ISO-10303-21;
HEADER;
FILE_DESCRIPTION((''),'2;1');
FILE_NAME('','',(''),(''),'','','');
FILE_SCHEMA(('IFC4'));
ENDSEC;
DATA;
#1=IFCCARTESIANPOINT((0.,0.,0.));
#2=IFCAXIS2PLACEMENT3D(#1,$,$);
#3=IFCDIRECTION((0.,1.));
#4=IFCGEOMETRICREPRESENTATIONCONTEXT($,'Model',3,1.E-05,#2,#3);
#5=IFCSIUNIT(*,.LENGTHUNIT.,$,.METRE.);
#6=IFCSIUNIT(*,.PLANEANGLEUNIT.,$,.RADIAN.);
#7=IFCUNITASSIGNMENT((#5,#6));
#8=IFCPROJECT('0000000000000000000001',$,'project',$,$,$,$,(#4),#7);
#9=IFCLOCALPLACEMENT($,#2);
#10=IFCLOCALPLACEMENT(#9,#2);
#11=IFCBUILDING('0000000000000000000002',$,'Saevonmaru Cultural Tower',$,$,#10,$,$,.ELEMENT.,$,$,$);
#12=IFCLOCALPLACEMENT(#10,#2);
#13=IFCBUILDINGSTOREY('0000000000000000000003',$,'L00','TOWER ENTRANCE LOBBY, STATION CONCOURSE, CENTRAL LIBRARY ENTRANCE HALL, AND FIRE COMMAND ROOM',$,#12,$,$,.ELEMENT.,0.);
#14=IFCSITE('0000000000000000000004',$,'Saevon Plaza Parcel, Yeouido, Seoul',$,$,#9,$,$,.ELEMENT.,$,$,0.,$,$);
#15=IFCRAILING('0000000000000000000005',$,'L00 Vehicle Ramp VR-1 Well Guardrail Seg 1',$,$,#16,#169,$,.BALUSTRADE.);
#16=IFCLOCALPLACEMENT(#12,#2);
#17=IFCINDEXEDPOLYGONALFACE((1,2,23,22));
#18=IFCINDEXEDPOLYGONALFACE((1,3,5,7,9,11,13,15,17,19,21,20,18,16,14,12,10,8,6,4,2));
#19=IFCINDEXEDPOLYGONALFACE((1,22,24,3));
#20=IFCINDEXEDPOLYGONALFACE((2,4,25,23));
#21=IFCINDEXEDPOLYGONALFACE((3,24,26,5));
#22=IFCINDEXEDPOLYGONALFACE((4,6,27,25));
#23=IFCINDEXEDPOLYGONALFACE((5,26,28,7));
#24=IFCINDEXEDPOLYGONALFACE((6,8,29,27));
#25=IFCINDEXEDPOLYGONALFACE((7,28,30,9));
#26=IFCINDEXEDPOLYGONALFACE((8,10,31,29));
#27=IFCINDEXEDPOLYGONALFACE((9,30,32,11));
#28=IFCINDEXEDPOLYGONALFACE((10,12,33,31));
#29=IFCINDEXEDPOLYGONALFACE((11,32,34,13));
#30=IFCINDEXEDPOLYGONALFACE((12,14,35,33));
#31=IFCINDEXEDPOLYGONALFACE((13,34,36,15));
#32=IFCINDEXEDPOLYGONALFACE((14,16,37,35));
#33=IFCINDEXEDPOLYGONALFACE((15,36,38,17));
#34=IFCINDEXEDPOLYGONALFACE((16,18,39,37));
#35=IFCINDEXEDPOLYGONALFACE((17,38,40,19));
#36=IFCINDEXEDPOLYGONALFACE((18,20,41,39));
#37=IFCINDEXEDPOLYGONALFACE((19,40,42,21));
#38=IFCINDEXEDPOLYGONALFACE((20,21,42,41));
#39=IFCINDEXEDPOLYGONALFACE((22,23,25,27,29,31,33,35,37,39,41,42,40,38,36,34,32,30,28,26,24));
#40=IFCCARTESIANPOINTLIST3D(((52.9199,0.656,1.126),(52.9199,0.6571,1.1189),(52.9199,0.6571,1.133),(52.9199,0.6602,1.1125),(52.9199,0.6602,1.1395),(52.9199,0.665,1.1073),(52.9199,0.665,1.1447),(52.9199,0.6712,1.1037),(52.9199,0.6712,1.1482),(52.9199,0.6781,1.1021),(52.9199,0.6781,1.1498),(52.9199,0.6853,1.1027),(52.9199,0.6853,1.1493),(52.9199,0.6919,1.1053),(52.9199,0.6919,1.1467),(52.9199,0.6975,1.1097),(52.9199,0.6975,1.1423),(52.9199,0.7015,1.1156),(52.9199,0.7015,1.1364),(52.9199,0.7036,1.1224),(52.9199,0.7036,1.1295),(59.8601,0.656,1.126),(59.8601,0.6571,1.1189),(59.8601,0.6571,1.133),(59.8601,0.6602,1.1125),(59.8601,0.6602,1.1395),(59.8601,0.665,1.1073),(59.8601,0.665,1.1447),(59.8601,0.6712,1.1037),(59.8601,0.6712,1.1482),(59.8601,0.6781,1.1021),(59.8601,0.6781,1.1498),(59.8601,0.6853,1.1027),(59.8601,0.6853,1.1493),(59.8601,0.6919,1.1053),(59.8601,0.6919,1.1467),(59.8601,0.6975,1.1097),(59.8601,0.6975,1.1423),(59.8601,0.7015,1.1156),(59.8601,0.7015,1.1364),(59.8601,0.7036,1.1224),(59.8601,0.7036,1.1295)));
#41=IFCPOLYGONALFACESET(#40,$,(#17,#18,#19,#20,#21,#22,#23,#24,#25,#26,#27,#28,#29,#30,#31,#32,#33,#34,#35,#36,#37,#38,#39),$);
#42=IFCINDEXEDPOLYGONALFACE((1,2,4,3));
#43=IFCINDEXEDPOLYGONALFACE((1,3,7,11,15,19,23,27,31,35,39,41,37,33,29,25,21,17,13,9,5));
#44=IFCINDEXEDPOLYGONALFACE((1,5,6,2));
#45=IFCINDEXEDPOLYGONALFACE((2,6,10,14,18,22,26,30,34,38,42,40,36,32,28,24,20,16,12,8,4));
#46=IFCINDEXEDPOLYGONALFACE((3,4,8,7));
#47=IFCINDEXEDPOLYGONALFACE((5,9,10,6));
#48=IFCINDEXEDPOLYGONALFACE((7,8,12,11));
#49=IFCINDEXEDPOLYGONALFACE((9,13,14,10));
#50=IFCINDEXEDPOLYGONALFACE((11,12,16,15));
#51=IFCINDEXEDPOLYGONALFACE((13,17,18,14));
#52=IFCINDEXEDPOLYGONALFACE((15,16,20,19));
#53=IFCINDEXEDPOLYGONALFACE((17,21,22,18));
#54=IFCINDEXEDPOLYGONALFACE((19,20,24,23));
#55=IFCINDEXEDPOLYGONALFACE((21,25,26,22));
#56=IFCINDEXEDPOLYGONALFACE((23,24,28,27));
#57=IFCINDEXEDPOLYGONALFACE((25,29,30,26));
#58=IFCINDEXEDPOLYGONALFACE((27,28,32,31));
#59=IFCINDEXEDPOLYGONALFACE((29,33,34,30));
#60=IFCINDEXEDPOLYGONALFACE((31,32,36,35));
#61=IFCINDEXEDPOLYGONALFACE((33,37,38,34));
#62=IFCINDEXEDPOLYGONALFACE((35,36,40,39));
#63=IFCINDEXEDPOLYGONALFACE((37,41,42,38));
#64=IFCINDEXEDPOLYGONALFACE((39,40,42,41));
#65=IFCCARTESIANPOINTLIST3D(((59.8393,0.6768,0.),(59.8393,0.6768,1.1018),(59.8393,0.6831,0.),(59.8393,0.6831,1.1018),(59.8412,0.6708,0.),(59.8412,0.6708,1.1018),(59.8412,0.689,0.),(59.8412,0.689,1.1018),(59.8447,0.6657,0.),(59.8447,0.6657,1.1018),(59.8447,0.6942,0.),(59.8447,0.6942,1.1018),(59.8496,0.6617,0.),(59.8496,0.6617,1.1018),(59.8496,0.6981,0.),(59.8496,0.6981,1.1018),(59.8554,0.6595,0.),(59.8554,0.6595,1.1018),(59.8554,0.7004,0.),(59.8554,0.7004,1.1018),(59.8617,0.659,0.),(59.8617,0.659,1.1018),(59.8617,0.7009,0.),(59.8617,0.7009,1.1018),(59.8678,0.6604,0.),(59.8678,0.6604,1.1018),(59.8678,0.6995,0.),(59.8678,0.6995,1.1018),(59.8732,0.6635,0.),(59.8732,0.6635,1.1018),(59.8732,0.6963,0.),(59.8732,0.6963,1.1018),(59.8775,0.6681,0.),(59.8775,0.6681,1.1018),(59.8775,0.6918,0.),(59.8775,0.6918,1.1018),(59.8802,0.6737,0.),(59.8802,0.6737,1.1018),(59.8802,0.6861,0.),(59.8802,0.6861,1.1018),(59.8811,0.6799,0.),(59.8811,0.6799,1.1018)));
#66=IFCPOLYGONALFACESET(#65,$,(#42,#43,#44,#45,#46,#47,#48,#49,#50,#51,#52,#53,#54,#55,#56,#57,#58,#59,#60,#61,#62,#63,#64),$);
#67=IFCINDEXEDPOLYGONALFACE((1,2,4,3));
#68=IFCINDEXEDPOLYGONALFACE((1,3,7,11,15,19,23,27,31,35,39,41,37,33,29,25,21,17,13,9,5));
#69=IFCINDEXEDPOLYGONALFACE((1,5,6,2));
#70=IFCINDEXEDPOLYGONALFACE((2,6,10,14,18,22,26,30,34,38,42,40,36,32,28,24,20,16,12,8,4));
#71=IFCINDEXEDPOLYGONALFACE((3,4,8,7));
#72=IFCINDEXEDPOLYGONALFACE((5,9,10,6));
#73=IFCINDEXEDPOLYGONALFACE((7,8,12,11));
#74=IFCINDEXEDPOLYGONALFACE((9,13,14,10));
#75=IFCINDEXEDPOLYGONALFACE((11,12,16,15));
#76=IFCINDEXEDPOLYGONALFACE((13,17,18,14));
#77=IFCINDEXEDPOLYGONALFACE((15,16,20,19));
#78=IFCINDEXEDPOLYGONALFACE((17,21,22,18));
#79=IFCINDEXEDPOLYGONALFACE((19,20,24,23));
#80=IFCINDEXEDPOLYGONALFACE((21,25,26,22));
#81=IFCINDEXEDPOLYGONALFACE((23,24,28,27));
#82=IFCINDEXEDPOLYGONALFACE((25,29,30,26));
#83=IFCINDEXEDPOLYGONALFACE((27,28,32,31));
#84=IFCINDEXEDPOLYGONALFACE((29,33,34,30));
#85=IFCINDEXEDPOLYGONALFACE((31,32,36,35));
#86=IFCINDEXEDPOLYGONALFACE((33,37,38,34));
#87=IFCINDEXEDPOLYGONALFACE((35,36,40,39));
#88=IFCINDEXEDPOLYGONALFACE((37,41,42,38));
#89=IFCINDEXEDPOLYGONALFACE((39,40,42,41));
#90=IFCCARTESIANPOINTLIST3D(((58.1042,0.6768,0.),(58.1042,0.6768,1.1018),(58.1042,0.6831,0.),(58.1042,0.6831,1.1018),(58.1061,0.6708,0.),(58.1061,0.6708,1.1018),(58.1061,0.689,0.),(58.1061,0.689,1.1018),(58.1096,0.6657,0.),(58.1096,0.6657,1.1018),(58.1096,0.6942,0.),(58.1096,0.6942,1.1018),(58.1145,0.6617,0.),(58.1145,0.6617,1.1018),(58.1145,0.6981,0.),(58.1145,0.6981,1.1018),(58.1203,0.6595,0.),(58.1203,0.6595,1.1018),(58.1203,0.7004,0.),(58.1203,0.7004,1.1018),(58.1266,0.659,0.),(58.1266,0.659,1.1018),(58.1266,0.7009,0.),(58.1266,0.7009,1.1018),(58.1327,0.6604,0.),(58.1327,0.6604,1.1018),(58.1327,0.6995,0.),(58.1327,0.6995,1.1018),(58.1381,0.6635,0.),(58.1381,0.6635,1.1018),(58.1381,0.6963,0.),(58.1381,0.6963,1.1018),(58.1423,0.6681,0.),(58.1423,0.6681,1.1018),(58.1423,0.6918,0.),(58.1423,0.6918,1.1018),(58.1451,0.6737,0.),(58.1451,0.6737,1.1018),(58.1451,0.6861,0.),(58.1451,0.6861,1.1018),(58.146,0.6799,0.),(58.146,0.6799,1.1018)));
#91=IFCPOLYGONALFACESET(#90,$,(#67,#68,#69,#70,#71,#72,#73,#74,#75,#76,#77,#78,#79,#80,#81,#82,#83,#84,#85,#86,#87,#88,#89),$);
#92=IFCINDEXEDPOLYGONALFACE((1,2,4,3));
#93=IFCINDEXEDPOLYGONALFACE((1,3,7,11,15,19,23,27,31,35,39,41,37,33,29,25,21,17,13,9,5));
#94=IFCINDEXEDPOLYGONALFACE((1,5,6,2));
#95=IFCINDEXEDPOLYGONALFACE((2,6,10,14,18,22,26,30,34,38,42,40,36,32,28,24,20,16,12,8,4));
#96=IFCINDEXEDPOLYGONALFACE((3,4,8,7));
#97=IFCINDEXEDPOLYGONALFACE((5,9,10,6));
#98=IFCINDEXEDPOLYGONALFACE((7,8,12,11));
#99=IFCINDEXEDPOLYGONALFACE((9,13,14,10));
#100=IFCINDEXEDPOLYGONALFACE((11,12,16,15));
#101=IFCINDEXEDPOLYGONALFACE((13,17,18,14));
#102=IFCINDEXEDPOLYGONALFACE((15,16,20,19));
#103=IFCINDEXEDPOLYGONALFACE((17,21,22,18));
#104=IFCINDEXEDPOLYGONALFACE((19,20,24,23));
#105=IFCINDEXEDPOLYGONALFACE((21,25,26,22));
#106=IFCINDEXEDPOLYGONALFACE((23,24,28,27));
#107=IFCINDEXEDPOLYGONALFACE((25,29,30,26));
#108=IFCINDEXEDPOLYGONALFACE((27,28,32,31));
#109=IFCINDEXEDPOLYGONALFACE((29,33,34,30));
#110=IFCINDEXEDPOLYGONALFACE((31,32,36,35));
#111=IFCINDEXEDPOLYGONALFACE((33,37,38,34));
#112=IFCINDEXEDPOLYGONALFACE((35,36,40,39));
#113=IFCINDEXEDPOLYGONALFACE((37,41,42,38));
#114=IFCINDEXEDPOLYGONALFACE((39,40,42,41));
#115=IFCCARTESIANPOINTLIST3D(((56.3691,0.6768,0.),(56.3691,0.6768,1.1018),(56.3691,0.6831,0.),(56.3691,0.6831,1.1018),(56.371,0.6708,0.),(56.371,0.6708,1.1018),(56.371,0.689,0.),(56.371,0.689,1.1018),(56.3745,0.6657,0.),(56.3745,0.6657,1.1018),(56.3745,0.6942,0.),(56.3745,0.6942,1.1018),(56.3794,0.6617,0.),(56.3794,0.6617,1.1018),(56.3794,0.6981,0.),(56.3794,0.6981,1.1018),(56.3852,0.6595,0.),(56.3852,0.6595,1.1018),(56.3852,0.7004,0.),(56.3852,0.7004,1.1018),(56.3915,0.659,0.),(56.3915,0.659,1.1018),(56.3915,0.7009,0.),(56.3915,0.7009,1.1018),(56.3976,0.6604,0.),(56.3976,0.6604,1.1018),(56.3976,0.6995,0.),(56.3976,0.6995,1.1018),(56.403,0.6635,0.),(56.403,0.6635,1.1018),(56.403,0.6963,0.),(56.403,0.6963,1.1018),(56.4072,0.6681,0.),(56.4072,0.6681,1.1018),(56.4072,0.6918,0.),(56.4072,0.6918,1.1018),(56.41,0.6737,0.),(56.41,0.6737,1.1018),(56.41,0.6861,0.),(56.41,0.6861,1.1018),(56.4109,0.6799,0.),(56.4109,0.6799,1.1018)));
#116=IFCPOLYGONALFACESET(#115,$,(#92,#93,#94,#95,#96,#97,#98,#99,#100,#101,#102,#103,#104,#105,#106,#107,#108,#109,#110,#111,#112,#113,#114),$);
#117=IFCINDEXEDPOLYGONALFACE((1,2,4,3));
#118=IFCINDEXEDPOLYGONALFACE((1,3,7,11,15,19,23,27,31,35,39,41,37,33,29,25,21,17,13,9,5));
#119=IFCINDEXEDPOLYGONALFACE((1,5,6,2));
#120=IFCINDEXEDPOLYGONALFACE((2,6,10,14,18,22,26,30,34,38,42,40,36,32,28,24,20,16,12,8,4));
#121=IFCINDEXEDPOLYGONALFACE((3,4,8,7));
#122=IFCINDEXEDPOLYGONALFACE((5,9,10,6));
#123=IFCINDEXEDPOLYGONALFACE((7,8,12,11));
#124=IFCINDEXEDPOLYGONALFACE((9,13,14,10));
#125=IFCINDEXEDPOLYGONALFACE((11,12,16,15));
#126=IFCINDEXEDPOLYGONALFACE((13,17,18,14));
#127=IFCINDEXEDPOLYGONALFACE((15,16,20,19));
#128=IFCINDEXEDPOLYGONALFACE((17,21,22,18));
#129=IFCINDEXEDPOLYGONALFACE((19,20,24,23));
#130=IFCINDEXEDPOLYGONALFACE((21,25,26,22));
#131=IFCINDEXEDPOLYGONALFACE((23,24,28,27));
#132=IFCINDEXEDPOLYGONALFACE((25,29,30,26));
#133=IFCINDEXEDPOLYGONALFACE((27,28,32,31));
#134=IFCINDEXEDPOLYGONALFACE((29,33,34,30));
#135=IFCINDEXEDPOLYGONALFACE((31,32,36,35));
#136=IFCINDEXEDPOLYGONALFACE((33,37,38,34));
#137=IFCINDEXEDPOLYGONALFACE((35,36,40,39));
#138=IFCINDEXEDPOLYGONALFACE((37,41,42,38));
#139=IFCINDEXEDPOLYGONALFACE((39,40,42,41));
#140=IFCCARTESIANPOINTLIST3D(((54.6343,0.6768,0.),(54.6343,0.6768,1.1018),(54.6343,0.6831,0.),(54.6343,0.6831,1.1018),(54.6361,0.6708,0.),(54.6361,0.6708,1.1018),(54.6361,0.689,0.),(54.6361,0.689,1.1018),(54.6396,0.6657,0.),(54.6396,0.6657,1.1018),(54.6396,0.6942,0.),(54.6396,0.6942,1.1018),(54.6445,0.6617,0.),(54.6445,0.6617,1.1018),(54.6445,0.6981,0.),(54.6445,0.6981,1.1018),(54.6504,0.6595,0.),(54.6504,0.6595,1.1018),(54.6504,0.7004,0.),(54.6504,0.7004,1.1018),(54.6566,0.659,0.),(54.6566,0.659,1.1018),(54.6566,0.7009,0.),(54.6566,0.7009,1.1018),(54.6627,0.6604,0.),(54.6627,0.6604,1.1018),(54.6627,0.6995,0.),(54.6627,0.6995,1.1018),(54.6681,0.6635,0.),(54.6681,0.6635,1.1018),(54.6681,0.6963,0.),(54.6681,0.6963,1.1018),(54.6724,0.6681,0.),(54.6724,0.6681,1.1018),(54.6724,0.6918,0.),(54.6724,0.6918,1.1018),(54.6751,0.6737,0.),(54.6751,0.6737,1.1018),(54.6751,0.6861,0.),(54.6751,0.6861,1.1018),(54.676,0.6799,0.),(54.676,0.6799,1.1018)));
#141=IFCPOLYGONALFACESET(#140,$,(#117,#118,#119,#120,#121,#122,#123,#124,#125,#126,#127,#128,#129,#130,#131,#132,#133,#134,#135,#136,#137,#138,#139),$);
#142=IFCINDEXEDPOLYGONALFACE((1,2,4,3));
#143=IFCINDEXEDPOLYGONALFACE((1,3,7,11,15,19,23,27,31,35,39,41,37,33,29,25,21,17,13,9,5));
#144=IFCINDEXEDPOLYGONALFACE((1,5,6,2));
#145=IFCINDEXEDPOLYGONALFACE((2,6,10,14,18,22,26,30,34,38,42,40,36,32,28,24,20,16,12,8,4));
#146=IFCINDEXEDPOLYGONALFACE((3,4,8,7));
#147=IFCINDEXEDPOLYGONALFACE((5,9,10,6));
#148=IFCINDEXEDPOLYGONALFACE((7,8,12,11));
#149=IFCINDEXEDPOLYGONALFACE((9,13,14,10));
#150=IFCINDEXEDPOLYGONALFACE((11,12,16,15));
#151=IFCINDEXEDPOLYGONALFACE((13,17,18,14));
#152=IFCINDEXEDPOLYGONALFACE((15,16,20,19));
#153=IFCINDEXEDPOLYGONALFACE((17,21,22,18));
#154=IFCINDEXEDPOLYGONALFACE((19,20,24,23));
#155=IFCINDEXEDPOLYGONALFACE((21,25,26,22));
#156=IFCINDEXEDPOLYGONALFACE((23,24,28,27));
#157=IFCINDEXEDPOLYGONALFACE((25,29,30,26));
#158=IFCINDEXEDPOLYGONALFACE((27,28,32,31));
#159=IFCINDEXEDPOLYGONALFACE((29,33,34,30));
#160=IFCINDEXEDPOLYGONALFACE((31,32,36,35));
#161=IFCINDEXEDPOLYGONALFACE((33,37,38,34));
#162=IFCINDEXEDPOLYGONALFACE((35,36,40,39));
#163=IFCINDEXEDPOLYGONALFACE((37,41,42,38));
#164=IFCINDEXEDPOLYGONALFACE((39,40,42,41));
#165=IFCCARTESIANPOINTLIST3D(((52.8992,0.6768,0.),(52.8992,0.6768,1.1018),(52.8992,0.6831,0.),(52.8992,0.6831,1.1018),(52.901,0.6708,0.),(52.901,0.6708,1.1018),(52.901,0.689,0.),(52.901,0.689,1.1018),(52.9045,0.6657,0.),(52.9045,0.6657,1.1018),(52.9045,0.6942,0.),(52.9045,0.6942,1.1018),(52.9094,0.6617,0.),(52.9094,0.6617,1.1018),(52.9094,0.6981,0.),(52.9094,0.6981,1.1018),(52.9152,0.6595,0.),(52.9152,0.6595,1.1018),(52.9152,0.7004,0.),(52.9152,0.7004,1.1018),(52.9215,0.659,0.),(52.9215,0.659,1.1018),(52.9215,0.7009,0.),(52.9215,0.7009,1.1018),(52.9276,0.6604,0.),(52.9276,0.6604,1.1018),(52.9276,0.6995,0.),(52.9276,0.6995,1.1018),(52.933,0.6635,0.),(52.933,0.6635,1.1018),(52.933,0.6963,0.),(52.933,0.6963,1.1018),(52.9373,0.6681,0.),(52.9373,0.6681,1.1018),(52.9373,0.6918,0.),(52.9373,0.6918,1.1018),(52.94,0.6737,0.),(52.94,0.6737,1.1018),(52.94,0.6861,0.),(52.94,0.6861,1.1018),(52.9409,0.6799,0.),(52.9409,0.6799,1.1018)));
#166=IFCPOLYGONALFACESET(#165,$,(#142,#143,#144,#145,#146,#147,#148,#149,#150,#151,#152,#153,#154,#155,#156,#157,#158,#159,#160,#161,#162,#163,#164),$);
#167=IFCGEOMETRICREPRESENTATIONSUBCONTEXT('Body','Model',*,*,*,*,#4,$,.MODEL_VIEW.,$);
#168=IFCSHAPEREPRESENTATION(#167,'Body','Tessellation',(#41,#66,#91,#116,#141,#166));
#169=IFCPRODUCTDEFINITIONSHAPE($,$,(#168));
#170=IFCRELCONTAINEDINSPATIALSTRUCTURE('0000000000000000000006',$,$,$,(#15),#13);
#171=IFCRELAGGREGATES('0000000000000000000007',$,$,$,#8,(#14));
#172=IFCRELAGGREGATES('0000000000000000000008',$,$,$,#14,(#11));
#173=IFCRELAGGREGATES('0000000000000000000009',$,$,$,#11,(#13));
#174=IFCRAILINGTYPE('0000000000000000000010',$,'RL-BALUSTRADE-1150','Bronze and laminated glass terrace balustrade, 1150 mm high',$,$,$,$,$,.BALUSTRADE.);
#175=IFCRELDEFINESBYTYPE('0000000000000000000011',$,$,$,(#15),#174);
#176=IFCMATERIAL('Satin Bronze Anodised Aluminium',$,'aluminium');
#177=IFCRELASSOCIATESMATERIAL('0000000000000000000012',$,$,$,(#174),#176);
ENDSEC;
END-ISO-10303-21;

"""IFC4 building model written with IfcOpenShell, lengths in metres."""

from ifc_helpers import new_model, si_unit, direction, frame, origin, origin_2d, place, context, subcontext, project, spatial, circle, extrude, material, type_object, element, save


model = new_model("IFC4")

# Units and contexts
model_context = context("Model", 3, precision=1e-05, world=origin(), true_north=direction((0.0, 1.0)))
body_context = subcontext(model_context, "Body", "Model", "MODEL_VIEW")
ifc_project = project(units=[si_unit("LENGTHUNIT", "METRE"), si_unit("PLANEANGLEUNIT", "RADIAN")], contexts=[model_context])

# Site, building, storey
site_placement = place(None, origin())
site = spatial("IfcSite", under=ifc_project, at=site_placement, Name="Saevon Plaza Parcel, Yeouido, Seoul", CompositionType="ELEMENT", RefElevation=0.0)
building_placement = place(site_placement, origin())
building = spatial("IfcBuilding", under=site, at=building_placement, Name="Saevonmaru Cultural Tower", CompositionType="ELEMENT")
storey_placement = place(building_placement, origin())
storey = spatial("IfcBuildingStorey", under=building, at=storey_placement, Name="L00", Description="TOWER ENTRANCE LOBBY, STATION CONCOURSE, CENTRAL LIBRARY ENTRANCE HALL, AND FIRE COMMAND ROOM", CompositionType="ELEMENT", Elevation=0.0)

# Shared definitions
ifc_material_1 = material(Name="Satin Bronze Anodised Aluminium", Category="aluminium")

# Railing
railing_type = type_object("IfcRailingType", Name="RL-BALUSTRADE-1150", Description="Bronze and laminated glass terrace balustrade, 1150 mm high", PredefinedType="BALUSTRADE", material=ifc_material_1)
railing_1_placement = place(storey_placement, frame((59.8601, 0.6799, 0.0)))
element("IfcRailing", 1, at=railing_1_placement, inside=storey, type_object=railing_type, Name="L00 Vehicle Ramp VR-1 Well Guardrail Seg 1", PredefinedType="BALUSTRADE", context=body_context, shape_type="SweptSolid", body=[
    extrude(circle(Radius=0.0239, at=origin_2d()), frame((0.0, 0.0, 1.126), z_axis=(-1.0, 0.0, 0.0), x_axis=(0.0, -1.0, 0.0)), (0.0, 0.0, 1.0), 6.9402),
    extrude(circle(Radius=0.021, at=origin_2d()), origin(), (0.0, 0.0, 1.0), 1.1018),
    extrude(circle(Radius=0.021, at=origin_2d()), frame((-1.7351, 0.0, 0.0)), (0.0, 0.0, 1.0), 1.1018),
    extrude(circle(Radius=0.021, at=origin_2d()), frame((-3.4702, 0.0, 0.0)), (0.0, 0.0, 1.0), 1.1018),
    extrude(circle(Radius=0.021, at=origin_2d()), frame((-5.2051, 0.0, 0.0)), (0.0, 0.0, 1.0), 1.1018),
    extrude(circle(Radius=0.021, at=origin_2d()), frame((-6.9402, 0.0, 0.0)), (0.0, 0.0, 1.0), 1.1018),
])

save(model, "model.ifc")
